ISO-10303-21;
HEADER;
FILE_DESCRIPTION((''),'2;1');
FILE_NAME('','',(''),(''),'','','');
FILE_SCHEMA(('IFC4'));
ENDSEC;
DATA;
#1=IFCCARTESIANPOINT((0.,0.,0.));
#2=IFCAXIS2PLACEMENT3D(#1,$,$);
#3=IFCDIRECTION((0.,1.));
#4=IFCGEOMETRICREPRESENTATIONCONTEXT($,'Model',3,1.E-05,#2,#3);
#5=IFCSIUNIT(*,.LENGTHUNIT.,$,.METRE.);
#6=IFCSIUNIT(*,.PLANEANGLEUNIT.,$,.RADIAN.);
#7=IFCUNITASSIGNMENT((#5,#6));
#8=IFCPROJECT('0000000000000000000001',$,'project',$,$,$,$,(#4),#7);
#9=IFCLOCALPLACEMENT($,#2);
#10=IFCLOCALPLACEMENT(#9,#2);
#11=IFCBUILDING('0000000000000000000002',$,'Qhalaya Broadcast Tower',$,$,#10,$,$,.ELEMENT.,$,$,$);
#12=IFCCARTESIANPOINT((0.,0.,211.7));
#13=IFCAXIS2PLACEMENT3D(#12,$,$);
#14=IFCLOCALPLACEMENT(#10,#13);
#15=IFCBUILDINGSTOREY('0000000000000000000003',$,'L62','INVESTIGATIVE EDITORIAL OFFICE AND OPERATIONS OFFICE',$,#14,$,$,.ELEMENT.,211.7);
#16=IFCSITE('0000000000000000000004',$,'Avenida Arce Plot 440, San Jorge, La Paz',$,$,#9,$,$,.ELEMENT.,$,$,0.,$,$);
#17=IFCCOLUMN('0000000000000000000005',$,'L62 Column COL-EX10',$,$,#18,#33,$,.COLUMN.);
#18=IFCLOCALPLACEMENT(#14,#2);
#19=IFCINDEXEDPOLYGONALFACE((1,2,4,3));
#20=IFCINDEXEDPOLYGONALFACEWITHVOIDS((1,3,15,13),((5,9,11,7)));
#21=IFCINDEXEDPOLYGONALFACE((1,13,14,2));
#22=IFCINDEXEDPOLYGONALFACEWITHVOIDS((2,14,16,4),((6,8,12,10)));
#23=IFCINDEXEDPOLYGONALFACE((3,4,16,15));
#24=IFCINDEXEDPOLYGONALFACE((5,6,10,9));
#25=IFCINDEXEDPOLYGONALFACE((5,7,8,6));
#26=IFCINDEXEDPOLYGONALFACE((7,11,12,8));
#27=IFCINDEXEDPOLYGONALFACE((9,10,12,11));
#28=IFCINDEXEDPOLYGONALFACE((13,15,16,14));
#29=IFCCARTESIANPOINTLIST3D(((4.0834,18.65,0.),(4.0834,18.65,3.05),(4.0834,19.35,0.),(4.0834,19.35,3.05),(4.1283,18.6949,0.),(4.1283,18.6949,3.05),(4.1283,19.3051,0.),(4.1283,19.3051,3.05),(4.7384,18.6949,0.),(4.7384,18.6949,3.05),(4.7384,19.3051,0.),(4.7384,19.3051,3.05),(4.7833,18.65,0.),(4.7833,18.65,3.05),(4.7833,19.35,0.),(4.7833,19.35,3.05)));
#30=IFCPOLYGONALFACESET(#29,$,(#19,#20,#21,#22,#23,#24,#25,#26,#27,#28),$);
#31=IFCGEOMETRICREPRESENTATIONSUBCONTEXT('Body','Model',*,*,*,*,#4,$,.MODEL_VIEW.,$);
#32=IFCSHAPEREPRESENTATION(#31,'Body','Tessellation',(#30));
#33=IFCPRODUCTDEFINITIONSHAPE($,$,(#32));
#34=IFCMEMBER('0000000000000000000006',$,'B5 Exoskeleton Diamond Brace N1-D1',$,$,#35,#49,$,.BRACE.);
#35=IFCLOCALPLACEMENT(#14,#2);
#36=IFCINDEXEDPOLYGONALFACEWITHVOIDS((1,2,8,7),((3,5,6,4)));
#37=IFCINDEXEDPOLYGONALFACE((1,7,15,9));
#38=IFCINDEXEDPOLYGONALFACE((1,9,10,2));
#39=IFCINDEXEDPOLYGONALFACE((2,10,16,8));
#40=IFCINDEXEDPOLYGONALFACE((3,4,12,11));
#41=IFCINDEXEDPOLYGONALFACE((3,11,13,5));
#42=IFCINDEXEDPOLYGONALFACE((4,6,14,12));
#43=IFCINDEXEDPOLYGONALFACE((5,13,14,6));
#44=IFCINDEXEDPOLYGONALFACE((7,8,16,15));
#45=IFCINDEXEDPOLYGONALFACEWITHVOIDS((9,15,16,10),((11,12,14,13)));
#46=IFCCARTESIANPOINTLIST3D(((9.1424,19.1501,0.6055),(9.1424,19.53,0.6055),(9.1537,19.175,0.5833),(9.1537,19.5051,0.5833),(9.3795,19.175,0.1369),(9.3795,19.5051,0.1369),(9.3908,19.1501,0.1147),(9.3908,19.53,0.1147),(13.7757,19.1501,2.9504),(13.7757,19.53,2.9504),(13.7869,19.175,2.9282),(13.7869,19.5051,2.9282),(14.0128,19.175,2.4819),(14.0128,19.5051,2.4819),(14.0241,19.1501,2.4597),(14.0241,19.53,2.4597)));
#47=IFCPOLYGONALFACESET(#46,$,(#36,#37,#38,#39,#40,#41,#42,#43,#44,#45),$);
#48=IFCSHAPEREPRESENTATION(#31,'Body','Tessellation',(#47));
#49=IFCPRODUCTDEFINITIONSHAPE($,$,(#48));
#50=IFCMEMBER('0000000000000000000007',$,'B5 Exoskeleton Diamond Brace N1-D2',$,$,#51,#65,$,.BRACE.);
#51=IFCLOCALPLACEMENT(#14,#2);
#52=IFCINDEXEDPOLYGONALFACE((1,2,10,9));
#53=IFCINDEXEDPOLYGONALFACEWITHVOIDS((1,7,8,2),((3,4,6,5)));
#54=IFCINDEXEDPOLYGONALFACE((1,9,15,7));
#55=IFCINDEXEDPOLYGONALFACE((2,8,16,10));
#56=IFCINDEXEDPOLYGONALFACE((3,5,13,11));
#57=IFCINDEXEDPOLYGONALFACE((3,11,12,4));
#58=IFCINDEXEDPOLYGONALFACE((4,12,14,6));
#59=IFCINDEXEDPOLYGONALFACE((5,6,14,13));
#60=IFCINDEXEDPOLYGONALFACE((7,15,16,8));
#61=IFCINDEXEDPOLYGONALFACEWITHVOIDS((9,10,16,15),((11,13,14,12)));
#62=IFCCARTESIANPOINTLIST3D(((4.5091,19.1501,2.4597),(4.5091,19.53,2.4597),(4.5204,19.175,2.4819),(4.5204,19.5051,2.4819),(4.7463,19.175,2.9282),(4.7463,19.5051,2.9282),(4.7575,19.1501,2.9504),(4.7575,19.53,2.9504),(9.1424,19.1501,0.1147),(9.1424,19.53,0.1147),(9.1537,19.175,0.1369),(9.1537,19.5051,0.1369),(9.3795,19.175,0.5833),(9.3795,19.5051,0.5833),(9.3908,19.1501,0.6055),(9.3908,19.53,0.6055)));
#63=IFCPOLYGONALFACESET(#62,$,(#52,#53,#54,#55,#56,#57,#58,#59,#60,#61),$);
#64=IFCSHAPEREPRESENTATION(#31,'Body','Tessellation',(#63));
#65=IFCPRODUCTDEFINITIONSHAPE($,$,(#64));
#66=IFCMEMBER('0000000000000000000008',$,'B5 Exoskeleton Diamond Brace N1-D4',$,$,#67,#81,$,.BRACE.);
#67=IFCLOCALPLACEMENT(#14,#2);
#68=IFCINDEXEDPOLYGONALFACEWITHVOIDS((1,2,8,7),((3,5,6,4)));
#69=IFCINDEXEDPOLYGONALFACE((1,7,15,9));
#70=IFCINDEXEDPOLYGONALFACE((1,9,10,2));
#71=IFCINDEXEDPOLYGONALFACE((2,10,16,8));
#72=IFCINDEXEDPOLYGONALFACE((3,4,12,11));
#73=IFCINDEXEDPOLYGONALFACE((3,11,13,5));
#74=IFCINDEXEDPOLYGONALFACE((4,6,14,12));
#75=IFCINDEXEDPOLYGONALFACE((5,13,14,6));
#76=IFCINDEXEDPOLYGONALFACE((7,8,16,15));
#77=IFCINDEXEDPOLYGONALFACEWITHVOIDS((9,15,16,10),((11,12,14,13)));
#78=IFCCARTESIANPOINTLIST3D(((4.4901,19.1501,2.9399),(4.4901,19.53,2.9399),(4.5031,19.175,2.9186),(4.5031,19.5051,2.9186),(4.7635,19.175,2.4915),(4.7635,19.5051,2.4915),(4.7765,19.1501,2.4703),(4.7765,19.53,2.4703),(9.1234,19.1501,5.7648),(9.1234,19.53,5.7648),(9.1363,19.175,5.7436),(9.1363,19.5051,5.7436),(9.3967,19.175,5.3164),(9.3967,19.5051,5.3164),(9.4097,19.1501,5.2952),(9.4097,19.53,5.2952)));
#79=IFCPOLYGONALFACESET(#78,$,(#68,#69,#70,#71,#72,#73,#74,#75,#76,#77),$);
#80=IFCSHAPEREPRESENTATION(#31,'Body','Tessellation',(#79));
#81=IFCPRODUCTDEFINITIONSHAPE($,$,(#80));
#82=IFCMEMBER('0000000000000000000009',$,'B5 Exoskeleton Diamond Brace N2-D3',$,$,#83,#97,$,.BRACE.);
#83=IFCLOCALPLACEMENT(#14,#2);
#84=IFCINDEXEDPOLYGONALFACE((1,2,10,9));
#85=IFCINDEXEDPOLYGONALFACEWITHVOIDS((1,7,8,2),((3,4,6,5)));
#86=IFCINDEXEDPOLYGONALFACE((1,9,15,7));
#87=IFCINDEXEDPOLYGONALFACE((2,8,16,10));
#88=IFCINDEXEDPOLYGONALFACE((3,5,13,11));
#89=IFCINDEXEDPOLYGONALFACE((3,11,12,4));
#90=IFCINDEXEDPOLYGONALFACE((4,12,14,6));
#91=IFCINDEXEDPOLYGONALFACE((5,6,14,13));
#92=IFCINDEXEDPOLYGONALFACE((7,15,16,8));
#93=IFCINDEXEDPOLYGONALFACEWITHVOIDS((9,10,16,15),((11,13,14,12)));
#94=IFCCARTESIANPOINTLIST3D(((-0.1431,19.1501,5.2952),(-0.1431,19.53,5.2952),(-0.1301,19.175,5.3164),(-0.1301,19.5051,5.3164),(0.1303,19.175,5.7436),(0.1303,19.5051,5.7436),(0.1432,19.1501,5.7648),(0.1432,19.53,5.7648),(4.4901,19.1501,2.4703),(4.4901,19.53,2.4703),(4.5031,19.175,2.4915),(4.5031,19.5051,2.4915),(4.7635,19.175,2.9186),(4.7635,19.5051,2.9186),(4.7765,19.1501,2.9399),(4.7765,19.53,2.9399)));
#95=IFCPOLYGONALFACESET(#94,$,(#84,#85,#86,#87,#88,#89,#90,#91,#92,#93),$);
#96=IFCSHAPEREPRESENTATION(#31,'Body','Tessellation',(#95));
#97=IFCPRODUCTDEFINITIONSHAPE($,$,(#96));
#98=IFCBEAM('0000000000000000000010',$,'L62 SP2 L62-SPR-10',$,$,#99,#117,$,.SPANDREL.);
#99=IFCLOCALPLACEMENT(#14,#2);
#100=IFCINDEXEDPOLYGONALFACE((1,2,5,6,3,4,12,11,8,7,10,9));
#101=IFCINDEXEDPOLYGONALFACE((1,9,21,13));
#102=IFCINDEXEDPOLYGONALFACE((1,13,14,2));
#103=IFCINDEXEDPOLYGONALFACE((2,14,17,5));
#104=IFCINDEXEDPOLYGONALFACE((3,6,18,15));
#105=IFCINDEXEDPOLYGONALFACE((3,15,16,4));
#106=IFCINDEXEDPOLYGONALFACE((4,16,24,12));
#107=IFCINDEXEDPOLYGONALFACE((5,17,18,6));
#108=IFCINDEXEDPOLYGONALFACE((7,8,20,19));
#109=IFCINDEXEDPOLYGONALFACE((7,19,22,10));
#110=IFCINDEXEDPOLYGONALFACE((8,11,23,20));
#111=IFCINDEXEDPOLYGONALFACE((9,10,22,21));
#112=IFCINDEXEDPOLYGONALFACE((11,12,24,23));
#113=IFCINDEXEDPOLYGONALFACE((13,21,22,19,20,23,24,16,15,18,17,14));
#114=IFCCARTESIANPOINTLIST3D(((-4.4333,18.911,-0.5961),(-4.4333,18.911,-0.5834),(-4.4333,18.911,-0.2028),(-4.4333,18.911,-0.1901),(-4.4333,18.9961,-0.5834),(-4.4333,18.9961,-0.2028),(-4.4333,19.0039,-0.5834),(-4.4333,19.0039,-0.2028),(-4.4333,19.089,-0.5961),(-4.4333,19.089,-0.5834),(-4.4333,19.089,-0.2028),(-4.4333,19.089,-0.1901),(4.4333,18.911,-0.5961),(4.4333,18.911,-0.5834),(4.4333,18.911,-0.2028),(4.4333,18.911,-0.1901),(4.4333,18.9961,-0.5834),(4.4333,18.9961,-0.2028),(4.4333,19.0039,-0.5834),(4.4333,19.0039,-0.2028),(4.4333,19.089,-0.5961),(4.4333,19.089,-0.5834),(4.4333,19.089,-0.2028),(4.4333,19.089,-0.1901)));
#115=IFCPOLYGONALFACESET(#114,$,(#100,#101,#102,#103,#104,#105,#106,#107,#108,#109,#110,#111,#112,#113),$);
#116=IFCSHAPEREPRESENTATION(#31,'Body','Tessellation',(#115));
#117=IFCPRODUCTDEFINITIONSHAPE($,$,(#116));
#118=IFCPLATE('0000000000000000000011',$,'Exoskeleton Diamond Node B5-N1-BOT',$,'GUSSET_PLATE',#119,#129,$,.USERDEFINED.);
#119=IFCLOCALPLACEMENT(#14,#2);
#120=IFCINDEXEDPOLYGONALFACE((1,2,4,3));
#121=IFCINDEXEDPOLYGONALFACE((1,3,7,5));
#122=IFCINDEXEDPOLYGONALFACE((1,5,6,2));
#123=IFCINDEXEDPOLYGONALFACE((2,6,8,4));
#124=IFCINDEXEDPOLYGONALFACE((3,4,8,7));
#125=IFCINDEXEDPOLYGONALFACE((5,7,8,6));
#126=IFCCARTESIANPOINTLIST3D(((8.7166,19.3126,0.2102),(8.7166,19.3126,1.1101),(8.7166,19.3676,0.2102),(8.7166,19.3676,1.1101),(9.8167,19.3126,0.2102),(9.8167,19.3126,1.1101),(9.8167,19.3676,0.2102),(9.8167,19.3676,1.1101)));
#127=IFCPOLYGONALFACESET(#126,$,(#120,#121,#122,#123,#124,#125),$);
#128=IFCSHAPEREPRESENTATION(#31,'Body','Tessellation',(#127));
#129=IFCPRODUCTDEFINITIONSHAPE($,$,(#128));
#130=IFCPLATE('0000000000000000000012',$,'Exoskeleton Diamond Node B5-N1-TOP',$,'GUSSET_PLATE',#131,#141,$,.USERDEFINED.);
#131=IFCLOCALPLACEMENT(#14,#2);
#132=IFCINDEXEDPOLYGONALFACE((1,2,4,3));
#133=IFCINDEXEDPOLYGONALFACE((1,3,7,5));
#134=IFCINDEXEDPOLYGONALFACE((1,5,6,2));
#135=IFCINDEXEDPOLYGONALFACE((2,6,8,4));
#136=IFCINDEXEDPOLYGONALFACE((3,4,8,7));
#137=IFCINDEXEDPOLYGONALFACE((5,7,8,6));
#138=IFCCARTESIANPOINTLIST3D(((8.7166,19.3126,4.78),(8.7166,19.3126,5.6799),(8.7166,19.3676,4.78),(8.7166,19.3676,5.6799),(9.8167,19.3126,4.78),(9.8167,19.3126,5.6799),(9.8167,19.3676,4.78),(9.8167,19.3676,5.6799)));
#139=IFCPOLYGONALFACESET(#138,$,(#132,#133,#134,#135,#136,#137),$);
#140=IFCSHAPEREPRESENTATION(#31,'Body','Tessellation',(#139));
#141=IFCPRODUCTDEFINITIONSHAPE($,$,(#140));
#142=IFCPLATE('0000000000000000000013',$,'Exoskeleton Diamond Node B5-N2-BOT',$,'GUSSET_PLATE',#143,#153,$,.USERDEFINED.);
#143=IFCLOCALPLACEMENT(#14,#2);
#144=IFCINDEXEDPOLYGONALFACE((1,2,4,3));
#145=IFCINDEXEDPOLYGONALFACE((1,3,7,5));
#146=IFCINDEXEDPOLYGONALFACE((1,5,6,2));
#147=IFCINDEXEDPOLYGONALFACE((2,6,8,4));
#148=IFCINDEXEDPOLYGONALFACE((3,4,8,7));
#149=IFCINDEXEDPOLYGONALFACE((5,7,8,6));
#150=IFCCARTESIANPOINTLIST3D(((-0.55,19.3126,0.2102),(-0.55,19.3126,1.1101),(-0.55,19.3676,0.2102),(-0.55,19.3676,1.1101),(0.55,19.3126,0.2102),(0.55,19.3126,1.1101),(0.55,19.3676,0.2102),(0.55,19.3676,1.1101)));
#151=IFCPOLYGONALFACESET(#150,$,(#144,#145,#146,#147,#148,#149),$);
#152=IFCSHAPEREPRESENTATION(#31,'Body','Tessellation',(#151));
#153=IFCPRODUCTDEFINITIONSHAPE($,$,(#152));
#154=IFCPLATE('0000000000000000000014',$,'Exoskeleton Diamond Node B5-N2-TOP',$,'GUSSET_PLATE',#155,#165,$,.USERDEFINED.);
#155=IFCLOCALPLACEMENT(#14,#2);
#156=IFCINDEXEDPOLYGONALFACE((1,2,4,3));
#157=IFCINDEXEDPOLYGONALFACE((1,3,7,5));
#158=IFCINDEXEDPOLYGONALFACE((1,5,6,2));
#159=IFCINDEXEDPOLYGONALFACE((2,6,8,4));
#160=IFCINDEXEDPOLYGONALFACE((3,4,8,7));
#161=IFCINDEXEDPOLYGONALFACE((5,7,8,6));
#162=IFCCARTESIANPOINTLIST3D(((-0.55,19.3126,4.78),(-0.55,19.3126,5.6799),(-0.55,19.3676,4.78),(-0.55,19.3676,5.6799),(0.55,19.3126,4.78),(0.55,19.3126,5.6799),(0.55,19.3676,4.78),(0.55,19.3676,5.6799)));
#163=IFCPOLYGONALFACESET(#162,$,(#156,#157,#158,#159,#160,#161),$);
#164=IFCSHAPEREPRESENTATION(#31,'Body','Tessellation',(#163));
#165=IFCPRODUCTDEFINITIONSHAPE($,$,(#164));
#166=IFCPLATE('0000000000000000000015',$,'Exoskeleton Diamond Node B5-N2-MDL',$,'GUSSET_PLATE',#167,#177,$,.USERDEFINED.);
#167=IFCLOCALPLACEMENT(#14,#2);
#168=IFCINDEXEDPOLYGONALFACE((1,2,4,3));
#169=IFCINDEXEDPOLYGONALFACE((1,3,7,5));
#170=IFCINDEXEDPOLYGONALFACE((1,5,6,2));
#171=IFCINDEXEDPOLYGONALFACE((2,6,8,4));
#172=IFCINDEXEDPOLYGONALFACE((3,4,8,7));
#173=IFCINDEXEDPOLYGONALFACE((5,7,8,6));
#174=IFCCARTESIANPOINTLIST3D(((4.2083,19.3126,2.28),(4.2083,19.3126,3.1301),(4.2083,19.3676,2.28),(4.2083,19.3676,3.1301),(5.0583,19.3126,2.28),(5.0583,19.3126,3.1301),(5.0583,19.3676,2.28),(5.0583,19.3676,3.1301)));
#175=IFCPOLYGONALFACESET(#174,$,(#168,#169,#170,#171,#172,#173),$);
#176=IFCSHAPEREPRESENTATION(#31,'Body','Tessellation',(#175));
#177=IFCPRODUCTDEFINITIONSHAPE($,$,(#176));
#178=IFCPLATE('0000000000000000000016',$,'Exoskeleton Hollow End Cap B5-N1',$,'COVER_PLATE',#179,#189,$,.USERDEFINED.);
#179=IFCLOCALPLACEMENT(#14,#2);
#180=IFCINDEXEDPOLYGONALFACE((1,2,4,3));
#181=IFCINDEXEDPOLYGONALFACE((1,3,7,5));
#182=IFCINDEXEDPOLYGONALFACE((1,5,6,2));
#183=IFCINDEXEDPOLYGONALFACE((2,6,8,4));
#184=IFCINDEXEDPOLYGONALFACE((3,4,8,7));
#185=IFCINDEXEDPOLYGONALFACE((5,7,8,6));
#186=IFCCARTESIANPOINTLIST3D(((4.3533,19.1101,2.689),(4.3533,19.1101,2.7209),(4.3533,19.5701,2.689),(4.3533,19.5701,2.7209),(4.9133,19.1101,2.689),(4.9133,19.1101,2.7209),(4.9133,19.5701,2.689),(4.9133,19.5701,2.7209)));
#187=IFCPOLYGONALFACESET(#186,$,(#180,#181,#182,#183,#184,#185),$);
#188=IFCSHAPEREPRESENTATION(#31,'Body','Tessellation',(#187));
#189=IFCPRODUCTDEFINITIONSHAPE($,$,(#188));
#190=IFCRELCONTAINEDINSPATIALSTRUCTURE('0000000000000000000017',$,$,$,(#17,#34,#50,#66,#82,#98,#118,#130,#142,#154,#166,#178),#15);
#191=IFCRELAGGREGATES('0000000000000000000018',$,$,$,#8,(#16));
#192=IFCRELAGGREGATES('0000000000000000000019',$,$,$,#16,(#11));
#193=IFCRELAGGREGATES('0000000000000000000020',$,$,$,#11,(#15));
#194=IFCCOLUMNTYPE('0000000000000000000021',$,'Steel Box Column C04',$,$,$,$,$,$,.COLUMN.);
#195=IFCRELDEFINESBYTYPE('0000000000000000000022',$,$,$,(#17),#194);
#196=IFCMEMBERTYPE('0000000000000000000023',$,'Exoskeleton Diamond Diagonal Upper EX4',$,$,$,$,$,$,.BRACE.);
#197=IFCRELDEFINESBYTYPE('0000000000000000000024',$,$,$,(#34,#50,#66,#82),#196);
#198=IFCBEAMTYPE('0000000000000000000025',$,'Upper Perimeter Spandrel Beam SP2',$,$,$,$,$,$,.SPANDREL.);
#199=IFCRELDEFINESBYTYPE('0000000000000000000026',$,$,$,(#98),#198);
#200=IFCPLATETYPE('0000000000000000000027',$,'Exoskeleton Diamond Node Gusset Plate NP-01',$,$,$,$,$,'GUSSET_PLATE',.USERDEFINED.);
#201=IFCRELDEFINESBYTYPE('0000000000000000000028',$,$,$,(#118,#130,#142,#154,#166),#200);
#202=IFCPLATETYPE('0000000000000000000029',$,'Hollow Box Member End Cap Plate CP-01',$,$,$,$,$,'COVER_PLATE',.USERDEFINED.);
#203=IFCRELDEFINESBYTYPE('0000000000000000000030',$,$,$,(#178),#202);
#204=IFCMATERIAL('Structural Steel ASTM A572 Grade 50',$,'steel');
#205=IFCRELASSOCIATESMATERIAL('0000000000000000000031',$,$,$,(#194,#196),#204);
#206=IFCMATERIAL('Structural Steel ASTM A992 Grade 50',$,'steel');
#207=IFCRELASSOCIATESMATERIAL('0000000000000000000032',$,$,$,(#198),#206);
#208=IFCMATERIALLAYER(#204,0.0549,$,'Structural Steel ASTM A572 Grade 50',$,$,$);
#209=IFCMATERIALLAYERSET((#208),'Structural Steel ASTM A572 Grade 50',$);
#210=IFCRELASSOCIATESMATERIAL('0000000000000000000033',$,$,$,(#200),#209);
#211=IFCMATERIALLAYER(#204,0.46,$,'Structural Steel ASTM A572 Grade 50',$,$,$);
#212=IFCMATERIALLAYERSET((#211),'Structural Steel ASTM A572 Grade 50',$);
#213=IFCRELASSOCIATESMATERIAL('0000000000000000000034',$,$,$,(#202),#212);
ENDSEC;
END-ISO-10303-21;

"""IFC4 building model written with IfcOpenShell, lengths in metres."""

from ifc_helpers import new_model, si_unit, direction, frame, origin, origin_2d, place, context, subcontext, project, spatial, rectangle, hollow_rectangle, i_section, extrude, material, layer, layer_set, material_profile, profile_set, type_object, element, save


model = new_model("IFC4")

# Units and contexts
model_context = context("Model", 3, precision=1e-05, world=origin(), true_north=direction((0.0, 1.0)))
body_context = subcontext(model_context, "Body", "Model", "MODEL_VIEW")
ifc_project = project(units=[si_unit("LENGTHUNIT", "METRE"), si_unit("PLANEANGLEUNIT", "RADIAN")], contexts=[model_context])

# Site, building, storey
site_placement = place(None, origin())
site = spatial("IfcSite", under=ifc_project, at=site_placement, Name="Avenida Arce Plot 440, San Jorge, La Paz", CompositionType="ELEMENT", RefElevation=0.0)
building_placement = place(site_placement, origin())
building = spatial("IfcBuilding", under=site, at=building_placement, Name="Qhalaya Broadcast Tower", CompositionType="ELEMENT")
storey_placement = place(building_placement, frame((0.0, 0.0, 211.7)))
storey = spatial("IfcBuildingStorey", under=building, at=storey_placement, Name="L62", Description="INVESTIGATIVE EDITORIAL OFFICE AND OPERATIONS OFFICE", CompositionType="ELEMENT", Elevation=211.7)

# Column
ifc_material_1 = material(Name="Structural Steel ASTM A572 Grade 50", Category="steel")
ifc_material_profile_1 = material_profile(ifc_material_1, hollow_rectangle(XDim=0.7, YDim=0.7, WallThickness=0.0449, at=origin_2d()), Name="BOX 700x700x45")
ifc_profile_set_1 = profile_set([ifc_material_profile_1], Name="Structural Steel ASTM A572 Grade 50")
column_type = type_object("IfcColumnType", Name="Steel Box Column C04", PredefinedType="COLUMN", material=ifc_profile_set_1)
column_placement = place(storey_placement, frame((4.4333, 19.0, 0.0), z_axis=(0.0, 0.0, 1.0), x_axis=(1.0, 0.0, 0.0)))
element("IfcColumn", 1, at=column_placement, inside=storey, type_object=column_type, Name="L62 Column COL-EX10", PredefinedType="COLUMN", context=body_context, shape_type="SweptSolid", body=[
    extrude(hollow_rectangle(XDim=0.7, YDim=0.7, WallThickness=0.0449, at=origin_2d()), origin(), (0.0, 0.0, 1.0), 3.05),
])

# Members
ifc_material_profile_2 = material_profile(ifc_material_1, hollow_rectangle(XDim=0.3799, YDim=0.55, WallThickness=0.0249, at=origin_2d()), Name="BOX 380x550x25")
ifc_profile_set_2 = profile_set([ifc_material_profile_2], Name="Structural Steel ASTM A572 Grade 50")
member_type = type_object("IfcMemberType", Name="Exoskeleton Diamond Diagonal Upper EX4", PredefinedType="BRACE", material=ifc_profile_set_2)
for number, where, z_axis, x_axis, name in (
    (2, (9.2666, 19.3401, 0.3601), (0.892235, 0.0, 0.451571), (0.0, 1.0, 0.0), "B5 Exoskeleton Diamond Brace N1-D1"),
    (3, (9.2666, 19.3401, 0.3601), (-0.892235, 0.0, 0.451571), (0.0, -1.0, 0.0), "B5 Exoskeleton Diamond Brace N1-D2"),
):
    element("IfcMember", number, at=place(storey_placement, frame(where, z_axis=z_axis, x_axis=x_axis)), inside=storey, type_object=member_type, Name=name, PredefinedType="BRACE", context=body_context, shape_type="SweptSolid", body=[
        extrude(hollow_rectangle(XDim=0.3799, YDim=0.55, WallThickness=0.0249, at=origin_2d()), origin(), (0.0, 0.0, 1.0), 5.1929),
    ])
for number, where, z_axis, x_axis, name in (
    (4, (4.6333, 19.3401, 2.7051), (0.853815, 0.0, 0.520576), (0.0, 1.0, 0.0), "B5 Exoskeleton Diamond Brace N1-D4"),
    (5, (4.6333, 19.3401, 2.7051), (-0.853815, 0.0, 0.520576), (0.0, -1.0, 0.0), "B5 Exoskeleton Diamond Brace N2-D3"),
):
    element("IfcMember", number, at=place(storey_placement, frame(where, z_axis=z_axis, x_axis=x_axis)), inside=storey, type_object=member_type, Name=name, PredefinedType="BRACE", context=body_context, shape_type="SweptSolid", body=[
        extrude(hollow_rectangle(XDim=0.3799, YDim=0.55, WallThickness=0.0249, at=origin_2d()), origin(), (0.0, 0.0, 1.0), 5.4265),
    ])

# Beam
ifc_material_2 = material(Name="Structural Steel ASTM A992 Grade 50", Category="steel")
ifc_material_profile_3 = material_profile(ifc_material_2, i_section(OverallWidth=0.178, OverallDepth=0.406, WebThickness=0.0078, FlangeThickness=0.0127, at=origin_2d()), Name="W16X40")
ifc_profile_set_3 = profile_set([ifc_material_profile_3], Name="Structural Steel ASTM A992 Grade 50")
beam_type = type_object("IfcBeamType", Name="Upper Perimeter Spandrel Beam SP2", PredefinedType="SPANDREL", material=ifc_profile_set_3)
beam_placement = place(storey_placement, frame((4.4333, 19.0, -0.3931), z_axis=(-1.0, 0.0, 0.0), x_axis=(0.0, -1.0, 0.0)))
element("IfcBeam", 6, at=beam_placement, inside=storey, type_object=beam_type, Name="L62 SP2 L62-SPR-10", PredefinedType="SPANDREL", context=body_context, shape_type="SweptSolid", body=[
    extrude(i_section(OverallWidth=0.178, OverallDepth=0.406, WebThickness=0.0078, FlangeThickness=0.0127, at=origin_2d()), origin(), (0.0, 0.0, 1.0), 8.8667),
])

# Plates
ifc_layer_1 = layer(ifc_material_1, 0.0549, Name="Structural Steel ASTM A572 Grade 50")
ifc_layer_set_1 = layer_set([ifc_layer_1], Name="Structural Steel ASTM A572 Grade 50")
plate_type_1 = type_object("IfcPlateType", Name="Exoskeleton Diamond Node Gusset Plate NP-01", ElementType="GUSSET_PLATE", PredefinedType="USERDEFINED", material=ifc_layer_set_1)
for number, where, z_axis, x_axis, name in (
    (7, (9.2666, 19.3401, 0.2102), (0.0, 0.0, 1.0), (1.0, 0.0, 0.0), "Exoskeleton Diamond Node B5-N1-BOT"),
    (8, (9.2666, 19.3401, 4.78), (0.0, 0.0, 1.0), (1.0, 0.0, 0.0), "Exoskeleton Diamond Node B5-N1-TOP"),
    (9, (0.0, 19.3401, 0.2102), (0.0, 0.0, 1.0), (1.0, 0.0, 0.0), "Exoskeleton Diamond Node B5-N2-BOT"),
    (10, (0.0, 19.3401, 4.78), (0.0, 0.0, 1.0), (1.0, 0.0, 0.0), "Exoskeleton Diamond Node B5-N2-TOP"),
):
    element("IfcPlate", number, at=place(storey_placement, frame(where, z_axis=z_axis, x_axis=x_axis)), inside=storey, type_object=plate_type_1, Name=name, ObjectType="GUSSET_PLATE", PredefinedType="USERDEFINED", context=body_context, shape_type="SweptSolid", body=[
        extrude(rectangle(XDim=1.1001, YDim=0.0549, at=origin_2d()), origin(), (0.0, 0.0, 1.0), 0.8999),
    ])
plate_1_placement = place(storey_placement, frame((4.6333, 19.3401, 2.28), z_axis=(0.0, 0.0, 1.0), x_axis=(1.0, 0.0, 0.0)))
element("IfcPlate", 11, at=plate_1_placement, inside=storey, type_object=plate_type_1, Name="Exoskeleton Diamond Node B5-N2-MDL", ObjectType="GUSSET_PLATE", PredefinedType="USERDEFINED", context=body_context, shape_type="SweptSolid", body=[
    extrude(rectangle(XDim=0.8501, YDim=0.0549, at=origin_2d()), origin(), (0.0, 0.0, 1.0), 0.8501),
])
ifc_layer_2 = layer(ifc_material_1, 0.46, Name="Structural Steel ASTM A572 Grade 50")
ifc_layer_set_2 = layer_set([ifc_layer_2], Name="Structural Steel ASTM A572 Grade 50")
plate_type_2 = type_object("IfcPlateType", Name="Hollow Box Member End Cap Plate CP-01", ElementType="COVER_PLATE", PredefinedType="USERDEFINED", material=ifc_layer_set_2)
plate_2_placement = place(storey_placement, frame((4.6333, 19.3401, 2.689), z_axis=(0.0, 0.0, 1.0), x_axis=(1.0, 0.0, 0.0)))
element("IfcPlate", 12, at=plate_2_placement, inside=storey, type_object=plate_type_2, Name="Exoskeleton Hollow End Cap B5-N1", ObjectType="COVER_PLATE", PredefinedType="USERDEFINED", context=body_context, shape_type="SweptSolid", body=[
    extrude(rectangle(XDim=0.5601, YDim=0.46, at=origin_2d()), origin(), (0.0, 0.0, 1.0), 0.032),
])

save(model, "model.ifc")
